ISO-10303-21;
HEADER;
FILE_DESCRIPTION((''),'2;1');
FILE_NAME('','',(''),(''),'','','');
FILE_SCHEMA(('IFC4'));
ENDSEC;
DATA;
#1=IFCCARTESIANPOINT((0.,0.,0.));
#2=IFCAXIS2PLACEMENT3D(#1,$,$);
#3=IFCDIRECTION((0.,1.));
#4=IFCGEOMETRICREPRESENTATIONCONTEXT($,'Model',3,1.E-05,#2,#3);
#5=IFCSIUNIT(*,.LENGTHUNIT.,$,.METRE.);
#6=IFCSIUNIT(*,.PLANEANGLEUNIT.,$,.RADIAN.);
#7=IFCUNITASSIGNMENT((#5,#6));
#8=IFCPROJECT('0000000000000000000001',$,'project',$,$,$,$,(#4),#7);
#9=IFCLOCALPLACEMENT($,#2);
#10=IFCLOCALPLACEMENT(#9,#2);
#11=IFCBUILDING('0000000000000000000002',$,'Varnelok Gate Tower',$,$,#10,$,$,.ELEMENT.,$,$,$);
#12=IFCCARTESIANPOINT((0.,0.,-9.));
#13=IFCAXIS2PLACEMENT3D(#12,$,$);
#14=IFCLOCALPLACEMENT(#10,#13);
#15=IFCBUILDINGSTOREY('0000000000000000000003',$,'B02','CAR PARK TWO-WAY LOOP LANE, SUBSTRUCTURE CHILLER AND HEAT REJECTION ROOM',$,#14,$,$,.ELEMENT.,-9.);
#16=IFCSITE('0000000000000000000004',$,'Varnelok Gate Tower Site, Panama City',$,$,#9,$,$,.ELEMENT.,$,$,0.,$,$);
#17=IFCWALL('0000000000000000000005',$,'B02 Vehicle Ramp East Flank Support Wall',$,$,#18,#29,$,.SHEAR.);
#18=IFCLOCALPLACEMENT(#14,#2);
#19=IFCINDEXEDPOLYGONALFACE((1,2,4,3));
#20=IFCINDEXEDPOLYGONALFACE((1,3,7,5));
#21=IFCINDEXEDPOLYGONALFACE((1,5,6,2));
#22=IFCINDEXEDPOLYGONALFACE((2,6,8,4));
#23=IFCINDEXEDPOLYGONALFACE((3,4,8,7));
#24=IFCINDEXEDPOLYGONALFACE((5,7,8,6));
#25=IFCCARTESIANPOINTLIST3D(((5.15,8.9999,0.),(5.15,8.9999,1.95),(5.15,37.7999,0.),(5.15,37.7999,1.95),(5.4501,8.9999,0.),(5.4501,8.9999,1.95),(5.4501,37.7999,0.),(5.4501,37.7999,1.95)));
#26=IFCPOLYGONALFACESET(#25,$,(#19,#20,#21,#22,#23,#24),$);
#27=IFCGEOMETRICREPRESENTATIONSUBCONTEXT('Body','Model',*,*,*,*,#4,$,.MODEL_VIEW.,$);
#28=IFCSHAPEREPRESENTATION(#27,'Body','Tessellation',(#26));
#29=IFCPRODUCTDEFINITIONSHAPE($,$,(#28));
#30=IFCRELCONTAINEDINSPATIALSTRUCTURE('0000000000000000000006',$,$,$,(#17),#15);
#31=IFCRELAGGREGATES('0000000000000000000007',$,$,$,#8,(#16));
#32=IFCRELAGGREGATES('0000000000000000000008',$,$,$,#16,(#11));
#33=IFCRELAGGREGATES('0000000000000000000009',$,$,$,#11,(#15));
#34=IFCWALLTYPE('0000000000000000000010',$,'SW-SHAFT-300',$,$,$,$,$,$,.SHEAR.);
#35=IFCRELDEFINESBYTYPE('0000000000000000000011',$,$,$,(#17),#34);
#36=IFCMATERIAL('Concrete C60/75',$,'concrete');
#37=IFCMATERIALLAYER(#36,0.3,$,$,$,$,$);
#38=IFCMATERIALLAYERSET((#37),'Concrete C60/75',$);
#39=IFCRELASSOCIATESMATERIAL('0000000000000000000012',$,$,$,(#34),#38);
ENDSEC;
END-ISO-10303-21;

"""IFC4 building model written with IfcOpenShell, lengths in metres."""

from ifc_helpers import new_model, si_unit, direction, frame, frame_2d, origin, place, context, subcontext, project, spatial, rectangle, extrude, material, layer, layer_set, type_object, element, save


model = new_model("IFC4")

# Units and contexts
model_context = context("Model", 3, precision=1e-05, world=origin(), true_north=direction((0.0, 1.0)))
body_context = subcontext(model_context, "Body", "Model", "MODEL_VIEW")
ifc_project = project(units=[si_unit("LENGTHUNIT", "METRE"), si_unit("PLANEANGLEUNIT", "RADIAN")], contexts=[model_context])

# Site, building, storey
site_placement = place(None, origin())
site = spatial("IfcSite", under=ifc_project, at=site_placement, Name="Varnelok Gate Tower Site, Panama City", CompositionType="ELEMENT", RefElevation=0.0)
building_placement = place(site_placement, origin())
building = spatial("IfcBuilding", under=site, at=building_placement, Name="Varnelok Gate Tower", CompositionType="ELEMENT")
storey_placement = place(building_placement, frame((0.0, 0.0, -9.0)))
storey = spatial("IfcBuildingStorey", under=building, at=storey_placement, Name="B02", Description="CAR PARK TWO-WAY LOOP LANE, SUBSTRUCTURE CHILLER AND HEAT REJECTION ROOM", CompositionType="ELEMENT", Elevation=-9.0)

# Wall
ifc_material_1 = material(Name="Concrete C60/75", Category="concrete")
ifc_layer_1 = layer(ifc_material_1, 0.3)
ifc_layer_set_1 = layer_set([ifc_layer_1], Name="Concrete C60/75")
wall_type_1 = type_object("IfcWallType", Name="SW-SHAFT-300", PredefinedType="SHEAR", material=ifc_layer_set_1)
wall_1_placement = place(storey_placement, frame((5.3, 9.0, 0.0), z_axis=(0.0, 0.0, 1.0), x_axis=(0.0, 1.0, 0.0)))
element("IfcWall", 1, at=wall_1_placement, inside=storey, type_object=wall_type_1, Name="B02 Vehicle Ramp East Flank Support Wall", PredefinedType="SHEAR", context=body_context, shape_type="SweptSolid", body=[
    extrude(rectangle(XDim=28.8, YDim=0.3, at=frame_2d((14.3999, 0.0))), origin(), (0.0, 0.0, 1.0), 1.95),
])

save(model, "model.ifc")
